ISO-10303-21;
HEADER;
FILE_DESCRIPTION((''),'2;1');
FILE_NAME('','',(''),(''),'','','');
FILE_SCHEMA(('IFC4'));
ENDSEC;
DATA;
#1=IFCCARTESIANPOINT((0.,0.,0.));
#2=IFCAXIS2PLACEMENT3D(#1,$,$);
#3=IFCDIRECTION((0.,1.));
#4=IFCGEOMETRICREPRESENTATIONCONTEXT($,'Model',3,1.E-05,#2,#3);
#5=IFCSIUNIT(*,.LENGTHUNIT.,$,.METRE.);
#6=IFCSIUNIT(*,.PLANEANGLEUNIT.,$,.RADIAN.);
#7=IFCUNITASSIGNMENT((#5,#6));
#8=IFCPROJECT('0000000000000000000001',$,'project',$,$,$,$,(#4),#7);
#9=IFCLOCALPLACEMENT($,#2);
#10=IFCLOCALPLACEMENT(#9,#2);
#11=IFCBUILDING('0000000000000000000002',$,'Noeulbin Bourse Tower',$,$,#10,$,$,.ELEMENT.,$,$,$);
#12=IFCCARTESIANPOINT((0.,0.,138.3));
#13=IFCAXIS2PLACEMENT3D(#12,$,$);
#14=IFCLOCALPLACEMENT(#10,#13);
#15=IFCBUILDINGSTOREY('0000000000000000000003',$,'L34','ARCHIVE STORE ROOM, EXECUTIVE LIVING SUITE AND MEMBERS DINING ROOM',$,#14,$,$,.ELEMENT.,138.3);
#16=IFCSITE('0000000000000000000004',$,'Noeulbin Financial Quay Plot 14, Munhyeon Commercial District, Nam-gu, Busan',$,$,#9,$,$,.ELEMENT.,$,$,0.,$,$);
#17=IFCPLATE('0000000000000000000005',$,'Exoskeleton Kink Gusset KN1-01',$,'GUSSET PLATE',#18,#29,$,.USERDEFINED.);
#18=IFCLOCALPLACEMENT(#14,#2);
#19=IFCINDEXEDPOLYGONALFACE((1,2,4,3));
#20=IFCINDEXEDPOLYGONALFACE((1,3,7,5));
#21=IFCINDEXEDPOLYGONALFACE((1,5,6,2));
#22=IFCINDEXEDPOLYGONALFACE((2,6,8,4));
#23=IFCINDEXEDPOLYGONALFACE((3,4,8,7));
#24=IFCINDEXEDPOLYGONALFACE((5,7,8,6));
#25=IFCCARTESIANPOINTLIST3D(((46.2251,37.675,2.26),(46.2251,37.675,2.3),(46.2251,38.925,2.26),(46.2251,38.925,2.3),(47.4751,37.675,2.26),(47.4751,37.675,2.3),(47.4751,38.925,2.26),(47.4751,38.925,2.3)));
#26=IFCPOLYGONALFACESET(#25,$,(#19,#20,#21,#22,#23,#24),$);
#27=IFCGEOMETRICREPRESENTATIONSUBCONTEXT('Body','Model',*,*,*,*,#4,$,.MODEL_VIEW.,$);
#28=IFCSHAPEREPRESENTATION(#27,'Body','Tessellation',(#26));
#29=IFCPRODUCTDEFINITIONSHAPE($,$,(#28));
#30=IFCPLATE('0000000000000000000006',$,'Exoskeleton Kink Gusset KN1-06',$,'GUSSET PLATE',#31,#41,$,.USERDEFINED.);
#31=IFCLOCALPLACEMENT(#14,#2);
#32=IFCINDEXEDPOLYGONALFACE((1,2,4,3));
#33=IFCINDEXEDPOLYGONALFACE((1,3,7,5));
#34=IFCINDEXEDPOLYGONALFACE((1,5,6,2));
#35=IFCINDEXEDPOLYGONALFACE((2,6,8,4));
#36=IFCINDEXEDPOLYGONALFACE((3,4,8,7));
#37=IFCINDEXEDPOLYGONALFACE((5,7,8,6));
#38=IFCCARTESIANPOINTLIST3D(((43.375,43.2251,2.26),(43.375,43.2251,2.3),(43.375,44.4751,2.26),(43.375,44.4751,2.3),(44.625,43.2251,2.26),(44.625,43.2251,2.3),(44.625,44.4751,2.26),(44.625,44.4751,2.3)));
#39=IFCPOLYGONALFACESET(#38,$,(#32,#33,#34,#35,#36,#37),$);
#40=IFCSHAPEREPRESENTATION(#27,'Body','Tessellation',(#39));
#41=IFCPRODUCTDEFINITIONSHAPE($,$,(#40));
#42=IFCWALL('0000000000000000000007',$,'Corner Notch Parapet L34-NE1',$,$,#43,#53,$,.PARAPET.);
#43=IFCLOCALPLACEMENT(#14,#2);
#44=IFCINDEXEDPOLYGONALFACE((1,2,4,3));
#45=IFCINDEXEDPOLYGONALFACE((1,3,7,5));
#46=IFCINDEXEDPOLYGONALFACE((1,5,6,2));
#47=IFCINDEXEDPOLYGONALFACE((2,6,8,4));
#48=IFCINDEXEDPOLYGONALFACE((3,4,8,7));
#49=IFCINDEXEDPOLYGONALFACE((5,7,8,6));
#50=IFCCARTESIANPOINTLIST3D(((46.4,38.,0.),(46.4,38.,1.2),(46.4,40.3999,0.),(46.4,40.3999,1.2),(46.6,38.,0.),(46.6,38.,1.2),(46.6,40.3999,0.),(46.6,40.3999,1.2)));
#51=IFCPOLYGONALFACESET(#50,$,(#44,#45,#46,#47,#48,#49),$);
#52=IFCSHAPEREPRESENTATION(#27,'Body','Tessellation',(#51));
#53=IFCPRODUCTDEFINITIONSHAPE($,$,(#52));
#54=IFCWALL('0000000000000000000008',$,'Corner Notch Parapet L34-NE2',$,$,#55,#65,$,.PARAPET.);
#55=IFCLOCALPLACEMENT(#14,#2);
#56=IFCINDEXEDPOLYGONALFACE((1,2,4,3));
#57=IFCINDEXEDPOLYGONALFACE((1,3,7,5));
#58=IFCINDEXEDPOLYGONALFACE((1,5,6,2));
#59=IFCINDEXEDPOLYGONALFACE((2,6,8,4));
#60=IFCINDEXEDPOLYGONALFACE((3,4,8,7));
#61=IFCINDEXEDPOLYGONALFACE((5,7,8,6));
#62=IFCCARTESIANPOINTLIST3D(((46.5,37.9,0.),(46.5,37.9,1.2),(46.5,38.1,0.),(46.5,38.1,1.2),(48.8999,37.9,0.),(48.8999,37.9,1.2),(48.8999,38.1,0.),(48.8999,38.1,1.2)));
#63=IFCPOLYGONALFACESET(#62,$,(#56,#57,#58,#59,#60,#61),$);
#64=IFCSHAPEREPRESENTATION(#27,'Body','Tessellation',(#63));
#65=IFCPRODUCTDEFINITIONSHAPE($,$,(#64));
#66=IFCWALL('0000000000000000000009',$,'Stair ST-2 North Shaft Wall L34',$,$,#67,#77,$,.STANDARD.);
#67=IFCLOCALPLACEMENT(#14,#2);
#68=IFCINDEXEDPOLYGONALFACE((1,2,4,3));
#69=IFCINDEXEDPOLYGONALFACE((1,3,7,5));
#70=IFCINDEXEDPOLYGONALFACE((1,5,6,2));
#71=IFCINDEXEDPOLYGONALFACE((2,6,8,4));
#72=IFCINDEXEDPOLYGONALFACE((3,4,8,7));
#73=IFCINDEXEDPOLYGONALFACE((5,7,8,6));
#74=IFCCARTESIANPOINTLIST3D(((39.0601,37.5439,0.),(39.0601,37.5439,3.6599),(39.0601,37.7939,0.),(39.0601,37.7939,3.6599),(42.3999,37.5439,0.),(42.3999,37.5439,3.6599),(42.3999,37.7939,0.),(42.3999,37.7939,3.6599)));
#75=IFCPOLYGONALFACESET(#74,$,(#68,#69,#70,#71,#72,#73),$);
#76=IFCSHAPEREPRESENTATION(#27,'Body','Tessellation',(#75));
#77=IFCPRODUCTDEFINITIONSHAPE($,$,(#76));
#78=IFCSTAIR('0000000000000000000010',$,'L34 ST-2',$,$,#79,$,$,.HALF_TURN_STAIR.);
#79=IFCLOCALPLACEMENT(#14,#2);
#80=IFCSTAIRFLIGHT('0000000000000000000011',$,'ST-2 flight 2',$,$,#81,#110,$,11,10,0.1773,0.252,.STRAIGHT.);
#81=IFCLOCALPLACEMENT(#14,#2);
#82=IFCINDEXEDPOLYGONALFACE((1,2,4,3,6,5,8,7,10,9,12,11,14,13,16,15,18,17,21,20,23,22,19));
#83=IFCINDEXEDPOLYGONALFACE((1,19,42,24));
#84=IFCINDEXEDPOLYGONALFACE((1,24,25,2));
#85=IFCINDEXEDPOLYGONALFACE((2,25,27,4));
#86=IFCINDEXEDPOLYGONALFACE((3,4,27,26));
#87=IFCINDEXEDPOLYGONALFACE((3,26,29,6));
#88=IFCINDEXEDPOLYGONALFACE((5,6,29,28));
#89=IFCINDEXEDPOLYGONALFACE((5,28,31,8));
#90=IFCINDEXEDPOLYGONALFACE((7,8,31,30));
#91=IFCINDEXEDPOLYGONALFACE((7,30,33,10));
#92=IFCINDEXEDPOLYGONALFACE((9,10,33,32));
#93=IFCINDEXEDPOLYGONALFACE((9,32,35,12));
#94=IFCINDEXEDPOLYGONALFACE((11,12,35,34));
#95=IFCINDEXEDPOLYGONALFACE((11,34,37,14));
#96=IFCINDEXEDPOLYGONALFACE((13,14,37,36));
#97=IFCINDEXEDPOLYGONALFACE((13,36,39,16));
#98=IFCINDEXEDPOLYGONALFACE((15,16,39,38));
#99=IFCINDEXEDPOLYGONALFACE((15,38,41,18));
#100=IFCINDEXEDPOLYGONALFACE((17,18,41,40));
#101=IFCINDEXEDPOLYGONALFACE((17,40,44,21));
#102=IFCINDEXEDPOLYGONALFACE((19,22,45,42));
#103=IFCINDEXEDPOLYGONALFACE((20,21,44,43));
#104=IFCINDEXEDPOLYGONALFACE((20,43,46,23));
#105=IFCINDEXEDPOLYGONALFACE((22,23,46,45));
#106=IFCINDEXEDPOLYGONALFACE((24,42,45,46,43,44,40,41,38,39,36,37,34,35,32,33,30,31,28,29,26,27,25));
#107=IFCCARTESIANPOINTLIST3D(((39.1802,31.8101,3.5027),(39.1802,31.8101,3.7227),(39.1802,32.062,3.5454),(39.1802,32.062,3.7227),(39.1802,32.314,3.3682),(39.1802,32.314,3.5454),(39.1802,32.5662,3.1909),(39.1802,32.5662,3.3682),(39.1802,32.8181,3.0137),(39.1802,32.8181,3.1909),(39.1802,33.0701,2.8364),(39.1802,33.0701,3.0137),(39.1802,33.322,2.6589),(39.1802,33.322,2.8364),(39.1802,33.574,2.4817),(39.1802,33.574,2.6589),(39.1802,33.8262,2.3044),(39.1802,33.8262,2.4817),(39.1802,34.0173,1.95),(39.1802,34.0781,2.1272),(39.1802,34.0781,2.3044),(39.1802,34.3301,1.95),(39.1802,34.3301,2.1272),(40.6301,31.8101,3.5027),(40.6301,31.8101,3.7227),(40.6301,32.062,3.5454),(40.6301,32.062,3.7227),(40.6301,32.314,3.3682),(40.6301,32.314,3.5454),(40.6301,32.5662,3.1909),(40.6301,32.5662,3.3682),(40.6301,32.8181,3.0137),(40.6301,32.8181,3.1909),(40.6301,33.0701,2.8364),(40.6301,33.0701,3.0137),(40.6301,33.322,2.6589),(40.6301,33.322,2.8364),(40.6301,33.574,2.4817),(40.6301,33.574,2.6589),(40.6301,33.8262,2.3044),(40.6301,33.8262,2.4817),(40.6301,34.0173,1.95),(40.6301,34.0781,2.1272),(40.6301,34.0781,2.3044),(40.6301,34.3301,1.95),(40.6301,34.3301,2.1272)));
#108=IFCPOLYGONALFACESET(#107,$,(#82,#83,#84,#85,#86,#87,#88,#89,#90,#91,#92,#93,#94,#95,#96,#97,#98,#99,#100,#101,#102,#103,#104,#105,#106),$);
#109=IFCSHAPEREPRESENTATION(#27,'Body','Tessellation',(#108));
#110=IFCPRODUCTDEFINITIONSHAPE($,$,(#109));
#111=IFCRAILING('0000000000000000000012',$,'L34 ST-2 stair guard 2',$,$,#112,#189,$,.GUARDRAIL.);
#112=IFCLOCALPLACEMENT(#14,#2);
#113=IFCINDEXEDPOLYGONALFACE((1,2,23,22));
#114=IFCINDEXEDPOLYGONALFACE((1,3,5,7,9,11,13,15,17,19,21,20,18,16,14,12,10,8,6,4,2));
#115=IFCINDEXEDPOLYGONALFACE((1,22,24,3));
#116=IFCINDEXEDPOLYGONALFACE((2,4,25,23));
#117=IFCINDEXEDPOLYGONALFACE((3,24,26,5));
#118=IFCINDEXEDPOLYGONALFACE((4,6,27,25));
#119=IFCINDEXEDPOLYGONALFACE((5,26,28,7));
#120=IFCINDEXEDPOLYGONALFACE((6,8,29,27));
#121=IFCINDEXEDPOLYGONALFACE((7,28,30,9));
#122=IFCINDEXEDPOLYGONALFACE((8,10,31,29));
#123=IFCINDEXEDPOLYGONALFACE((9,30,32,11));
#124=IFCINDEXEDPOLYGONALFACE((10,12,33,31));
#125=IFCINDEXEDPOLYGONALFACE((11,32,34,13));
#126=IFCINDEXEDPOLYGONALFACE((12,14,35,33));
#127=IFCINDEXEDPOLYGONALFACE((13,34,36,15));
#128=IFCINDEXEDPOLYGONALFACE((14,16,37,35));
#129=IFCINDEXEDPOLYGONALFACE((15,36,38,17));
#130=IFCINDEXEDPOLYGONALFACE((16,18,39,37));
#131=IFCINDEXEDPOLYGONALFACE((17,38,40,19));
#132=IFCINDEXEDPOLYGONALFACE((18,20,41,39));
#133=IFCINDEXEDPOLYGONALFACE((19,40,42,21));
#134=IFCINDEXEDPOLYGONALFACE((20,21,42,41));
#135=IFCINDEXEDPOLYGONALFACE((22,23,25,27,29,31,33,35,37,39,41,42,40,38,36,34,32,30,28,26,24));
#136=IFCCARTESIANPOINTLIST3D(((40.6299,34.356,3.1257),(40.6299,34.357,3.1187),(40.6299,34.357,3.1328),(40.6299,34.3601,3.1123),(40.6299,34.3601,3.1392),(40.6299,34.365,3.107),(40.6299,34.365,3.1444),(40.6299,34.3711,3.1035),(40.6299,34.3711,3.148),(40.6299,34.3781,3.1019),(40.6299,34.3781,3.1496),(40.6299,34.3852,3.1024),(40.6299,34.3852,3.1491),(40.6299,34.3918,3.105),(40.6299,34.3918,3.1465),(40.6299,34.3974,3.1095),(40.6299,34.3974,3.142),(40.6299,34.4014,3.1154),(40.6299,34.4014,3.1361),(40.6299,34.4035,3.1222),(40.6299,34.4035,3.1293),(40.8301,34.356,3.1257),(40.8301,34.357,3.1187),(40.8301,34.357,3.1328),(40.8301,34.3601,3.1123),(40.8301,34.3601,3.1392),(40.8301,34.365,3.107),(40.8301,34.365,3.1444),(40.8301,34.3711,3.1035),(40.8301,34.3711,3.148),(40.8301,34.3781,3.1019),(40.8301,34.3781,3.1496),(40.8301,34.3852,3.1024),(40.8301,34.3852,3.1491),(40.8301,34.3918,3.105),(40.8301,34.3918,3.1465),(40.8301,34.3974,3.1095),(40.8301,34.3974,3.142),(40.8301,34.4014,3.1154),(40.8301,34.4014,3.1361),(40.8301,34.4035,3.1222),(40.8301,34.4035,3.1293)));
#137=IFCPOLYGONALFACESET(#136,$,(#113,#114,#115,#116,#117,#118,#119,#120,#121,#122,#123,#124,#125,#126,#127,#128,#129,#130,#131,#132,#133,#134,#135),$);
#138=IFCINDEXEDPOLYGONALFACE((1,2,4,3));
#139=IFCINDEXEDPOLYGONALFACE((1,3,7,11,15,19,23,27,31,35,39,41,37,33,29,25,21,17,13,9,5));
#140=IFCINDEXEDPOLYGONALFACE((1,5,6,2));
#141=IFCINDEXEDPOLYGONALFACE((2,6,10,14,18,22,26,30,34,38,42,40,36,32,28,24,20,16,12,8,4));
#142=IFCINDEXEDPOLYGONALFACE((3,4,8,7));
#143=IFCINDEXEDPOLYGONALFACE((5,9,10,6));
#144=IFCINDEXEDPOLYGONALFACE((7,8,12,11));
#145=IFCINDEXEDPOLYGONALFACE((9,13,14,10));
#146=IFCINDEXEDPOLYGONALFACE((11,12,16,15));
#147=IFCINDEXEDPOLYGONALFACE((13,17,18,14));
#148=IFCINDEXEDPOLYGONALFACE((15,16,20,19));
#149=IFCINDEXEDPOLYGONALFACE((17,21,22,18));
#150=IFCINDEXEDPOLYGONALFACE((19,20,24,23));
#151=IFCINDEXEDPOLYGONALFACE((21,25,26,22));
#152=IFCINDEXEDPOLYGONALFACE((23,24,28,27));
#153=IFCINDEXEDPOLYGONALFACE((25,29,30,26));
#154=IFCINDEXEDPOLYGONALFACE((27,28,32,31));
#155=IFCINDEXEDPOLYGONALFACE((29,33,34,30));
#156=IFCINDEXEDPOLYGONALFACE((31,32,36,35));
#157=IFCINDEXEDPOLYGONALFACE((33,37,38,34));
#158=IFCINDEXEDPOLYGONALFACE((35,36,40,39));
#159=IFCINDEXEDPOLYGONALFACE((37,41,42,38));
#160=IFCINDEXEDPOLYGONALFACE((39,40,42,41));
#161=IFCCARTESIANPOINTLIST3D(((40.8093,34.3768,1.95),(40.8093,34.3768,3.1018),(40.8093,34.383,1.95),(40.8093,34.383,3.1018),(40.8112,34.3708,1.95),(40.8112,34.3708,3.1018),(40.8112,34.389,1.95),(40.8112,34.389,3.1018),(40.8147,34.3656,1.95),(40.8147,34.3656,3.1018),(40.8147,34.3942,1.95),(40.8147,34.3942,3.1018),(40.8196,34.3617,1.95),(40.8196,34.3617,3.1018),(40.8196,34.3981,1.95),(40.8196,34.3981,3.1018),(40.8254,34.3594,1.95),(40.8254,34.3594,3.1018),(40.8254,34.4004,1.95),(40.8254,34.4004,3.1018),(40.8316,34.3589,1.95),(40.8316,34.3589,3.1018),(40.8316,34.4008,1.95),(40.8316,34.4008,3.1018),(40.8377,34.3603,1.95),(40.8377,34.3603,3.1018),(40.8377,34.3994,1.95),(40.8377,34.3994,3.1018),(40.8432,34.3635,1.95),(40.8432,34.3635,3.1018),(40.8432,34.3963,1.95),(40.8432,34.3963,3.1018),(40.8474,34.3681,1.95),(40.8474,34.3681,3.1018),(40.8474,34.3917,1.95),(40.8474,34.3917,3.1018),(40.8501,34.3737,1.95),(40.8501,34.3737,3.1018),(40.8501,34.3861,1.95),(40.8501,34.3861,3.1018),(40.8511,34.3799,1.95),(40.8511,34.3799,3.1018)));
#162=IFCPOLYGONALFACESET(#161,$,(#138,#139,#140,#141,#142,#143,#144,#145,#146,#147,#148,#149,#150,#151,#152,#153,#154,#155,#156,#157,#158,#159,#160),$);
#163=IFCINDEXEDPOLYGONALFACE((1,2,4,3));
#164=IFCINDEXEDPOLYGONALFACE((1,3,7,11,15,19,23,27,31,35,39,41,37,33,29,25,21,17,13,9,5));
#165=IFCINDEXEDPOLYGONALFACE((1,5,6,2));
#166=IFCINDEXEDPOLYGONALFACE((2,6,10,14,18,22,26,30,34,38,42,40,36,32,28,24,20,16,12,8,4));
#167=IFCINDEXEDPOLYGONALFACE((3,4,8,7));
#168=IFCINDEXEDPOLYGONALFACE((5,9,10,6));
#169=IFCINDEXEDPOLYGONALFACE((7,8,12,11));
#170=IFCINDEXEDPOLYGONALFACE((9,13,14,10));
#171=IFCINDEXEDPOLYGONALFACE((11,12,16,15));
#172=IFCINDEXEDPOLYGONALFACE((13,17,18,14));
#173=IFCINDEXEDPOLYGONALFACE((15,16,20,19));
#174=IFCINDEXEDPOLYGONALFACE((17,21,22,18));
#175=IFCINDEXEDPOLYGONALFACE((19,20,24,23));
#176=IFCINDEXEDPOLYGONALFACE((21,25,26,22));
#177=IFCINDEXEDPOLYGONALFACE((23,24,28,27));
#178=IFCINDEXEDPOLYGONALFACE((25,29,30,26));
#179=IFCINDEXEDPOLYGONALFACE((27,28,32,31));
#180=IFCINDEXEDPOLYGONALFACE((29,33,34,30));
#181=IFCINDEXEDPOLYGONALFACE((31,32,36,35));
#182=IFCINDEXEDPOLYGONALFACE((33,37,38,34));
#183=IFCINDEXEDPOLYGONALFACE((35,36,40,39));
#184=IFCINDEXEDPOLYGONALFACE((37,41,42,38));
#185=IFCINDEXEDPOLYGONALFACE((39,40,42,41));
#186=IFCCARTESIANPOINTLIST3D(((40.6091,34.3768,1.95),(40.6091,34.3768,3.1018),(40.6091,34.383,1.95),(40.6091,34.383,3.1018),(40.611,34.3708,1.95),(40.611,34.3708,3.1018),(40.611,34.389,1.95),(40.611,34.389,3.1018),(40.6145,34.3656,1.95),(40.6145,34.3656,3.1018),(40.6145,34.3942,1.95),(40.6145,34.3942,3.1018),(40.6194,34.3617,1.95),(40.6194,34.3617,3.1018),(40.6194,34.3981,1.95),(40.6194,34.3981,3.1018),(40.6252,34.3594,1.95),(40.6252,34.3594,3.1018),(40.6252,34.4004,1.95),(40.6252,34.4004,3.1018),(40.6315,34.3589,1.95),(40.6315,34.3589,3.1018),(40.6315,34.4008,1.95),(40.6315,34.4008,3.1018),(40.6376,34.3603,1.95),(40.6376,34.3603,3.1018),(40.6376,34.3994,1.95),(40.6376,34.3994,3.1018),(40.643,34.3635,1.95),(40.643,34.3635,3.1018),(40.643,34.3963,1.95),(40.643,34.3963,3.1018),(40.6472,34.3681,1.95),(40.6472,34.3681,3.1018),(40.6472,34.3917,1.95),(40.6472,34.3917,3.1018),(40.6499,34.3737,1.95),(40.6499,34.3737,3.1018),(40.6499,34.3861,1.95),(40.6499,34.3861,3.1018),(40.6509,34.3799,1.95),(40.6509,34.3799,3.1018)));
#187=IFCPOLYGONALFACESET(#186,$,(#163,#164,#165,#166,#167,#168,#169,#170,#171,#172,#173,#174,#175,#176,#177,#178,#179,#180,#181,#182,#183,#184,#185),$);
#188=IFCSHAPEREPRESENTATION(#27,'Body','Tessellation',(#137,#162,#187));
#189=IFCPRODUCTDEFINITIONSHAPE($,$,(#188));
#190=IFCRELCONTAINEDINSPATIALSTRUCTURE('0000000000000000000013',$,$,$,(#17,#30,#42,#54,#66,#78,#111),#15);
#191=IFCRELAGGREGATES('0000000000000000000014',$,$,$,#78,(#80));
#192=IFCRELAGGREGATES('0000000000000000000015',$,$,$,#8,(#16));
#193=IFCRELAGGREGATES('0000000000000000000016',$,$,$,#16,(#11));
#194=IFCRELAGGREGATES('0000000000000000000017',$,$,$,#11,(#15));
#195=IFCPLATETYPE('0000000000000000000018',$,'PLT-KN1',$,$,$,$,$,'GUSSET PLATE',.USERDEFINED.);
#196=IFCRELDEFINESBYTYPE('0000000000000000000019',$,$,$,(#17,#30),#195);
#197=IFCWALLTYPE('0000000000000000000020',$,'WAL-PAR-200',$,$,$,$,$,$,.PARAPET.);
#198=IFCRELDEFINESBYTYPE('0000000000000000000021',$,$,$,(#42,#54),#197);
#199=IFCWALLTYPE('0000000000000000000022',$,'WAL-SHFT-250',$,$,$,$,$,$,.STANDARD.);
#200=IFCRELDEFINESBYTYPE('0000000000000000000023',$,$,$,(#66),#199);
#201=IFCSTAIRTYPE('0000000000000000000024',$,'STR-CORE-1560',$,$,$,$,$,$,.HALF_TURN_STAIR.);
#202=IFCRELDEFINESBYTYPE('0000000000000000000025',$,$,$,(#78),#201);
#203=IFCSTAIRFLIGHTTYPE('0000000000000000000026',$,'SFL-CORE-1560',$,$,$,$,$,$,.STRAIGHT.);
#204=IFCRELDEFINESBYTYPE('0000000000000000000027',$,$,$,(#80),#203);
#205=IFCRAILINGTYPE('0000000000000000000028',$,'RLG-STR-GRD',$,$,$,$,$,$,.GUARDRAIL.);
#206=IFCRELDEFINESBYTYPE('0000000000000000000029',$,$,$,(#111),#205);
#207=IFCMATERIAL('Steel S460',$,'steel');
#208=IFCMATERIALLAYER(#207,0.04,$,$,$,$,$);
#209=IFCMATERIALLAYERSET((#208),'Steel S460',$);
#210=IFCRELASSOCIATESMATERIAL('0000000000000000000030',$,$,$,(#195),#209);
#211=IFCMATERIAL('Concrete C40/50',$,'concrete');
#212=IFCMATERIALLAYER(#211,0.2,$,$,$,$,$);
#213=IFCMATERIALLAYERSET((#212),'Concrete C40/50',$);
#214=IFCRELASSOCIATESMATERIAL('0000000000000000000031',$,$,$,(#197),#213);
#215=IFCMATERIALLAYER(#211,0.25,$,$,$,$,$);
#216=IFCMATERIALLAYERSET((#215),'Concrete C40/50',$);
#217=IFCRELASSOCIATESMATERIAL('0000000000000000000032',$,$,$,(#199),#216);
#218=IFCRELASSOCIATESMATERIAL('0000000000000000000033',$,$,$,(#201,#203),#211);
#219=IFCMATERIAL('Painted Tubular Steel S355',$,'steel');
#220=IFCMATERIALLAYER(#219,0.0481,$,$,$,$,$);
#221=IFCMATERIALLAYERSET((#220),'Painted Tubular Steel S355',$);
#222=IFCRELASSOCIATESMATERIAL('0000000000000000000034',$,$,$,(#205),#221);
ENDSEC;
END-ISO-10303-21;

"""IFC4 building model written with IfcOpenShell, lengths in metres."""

from ifc_helpers import new_model, si_unit, direction, frame, frame_2d, origin, origin_2d, place, context, subcontext, project, spatial, polyline, rectangle, circle, outline, extrude, material, layer, layer_set, type_object, element, aggregate, save


model = new_model("IFC4")

# Units and contexts
model_context = context("Model", 3, precision=1e-05, world=origin(), true_north=direction((0.0, 1.0)))
body_context = subcontext(model_context, "Body", "Model", "MODEL_VIEW")
ifc_project = project(units=[si_unit("LENGTHUNIT", "METRE"), si_unit("PLANEANGLEUNIT", "RADIAN")], contexts=[model_context])

# Site, building, storey
site_placement = place(None, origin())
site = spatial("IfcSite", under=ifc_project, at=site_placement, Name="Noeulbin Financial Quay Plot 14, Munhyeon Commercial District, Nam-gu, Busan", CompositionType="ELEMENT", RefElevation=0.0)
building_placement = place(site_placement, origin())
building = spatial("IfcBuilding", under=site, at=building_placement, Name="Noeulbin Bourse Tower", CompositionType="ELEMENT")
storey_placement = place(building_placement, frame((0.0, 0.0, 138.3)))
storey = spatial("IfcBuildingStorey", under=building, at=storey_placement, Name="L34", Description="ARCHIVE STORE ROOM, EXECUTIVE LIVING SUITE AND MEMBERS DINING ROOM", CompositionType="ELEMENT", Elevation=138.3)

# Shared definitions
ifc_material_1 = material(Name="Steel S460", Category="steel")

# Plates
ifc_layer_1 = layer(ifc_material_1, 0.04)
ifc_layer_set_1 = layer_set([ifc_layer_1], Name="Steel S460")
plate_type_1 = type_object("IfcPlateType", Name="PLT-KN1", ElementType="GUSSET PLATE", PredefinedType="USERDEFINED", material=ifc_layer_set_1)
for number, where, z_axis, x_axis, name in (
    (1, (46.8501, 38.3, 2.26), (0.0, 0.0, 1.0), (1.0, 0.0, 0.0), "Exoskeleton Kink Gusset KN1-01"),
    (2, (44.0, 43.8501, 2.26), (0.0, 0.0, 1.0), (1.0, 0.0, 0.0), "Exoskeleton Kink Gusset KN1-06"),
):
    element("IfcPlate", number, at=place(storey_placement, frame(where, z_axis=z_axis, x_axis=x_axis)), inside=storey, type_object=plate_type_1, Name=name, ObjectType="GUSSET PLATE", PredefinedType="USERDEFINED", context=body_context, shape_type="SweptSolid", body=[
        extrude(rectangle(XDim=1.25, YDim=1.25, at=origin_2d()), origin(), (0.0, 0.0, 1.0), 0.04),
    ])

# Walls
ifc_material_2 = material(Name="Concrete C40/50", Category="concrete")
ifc_layer_2 = layer(ifc_material_2, 0.2)
ifc_layer_set_2 = layer_set([ifc_layer_2], Name="Concrete C40/50")
wall_type_1 = type_object("IfcWallType", Name="WAL-PAR-200", PredefinedType="PARAPET", material=ifc_layer_set_2)
for number, where, z_axis, x_axis, name in (
    (3, (46.5, 40.3999, 0.0), (0.0, 0.0, 1.0), (0.0, -1.0, 0.0), "Corner Notch Parapet L34-NE1"),
    (4, (46.5, 38.0, 0.0), (0.0, 0.0, 1.0), (1.0, 0.0, 0.0), "Corner Notch Parapet L34-NE2"),
):
    element("IfcWall", number, at=place(storey_placement, frame(where, z_axis=z_axis, x_axis=x_axis)), inside=storey, type_object=wall_type_1, Name=name, PredefinedType="PARAPET", context=body_context, shape_type="SweptSolid", body=[
        extrude(rectangle(XDim=2.3999, YDim=0.2, at=frame_2d((1.2, 0.0))), origin(), (0.0, 0.0, 1.0), 1.2),
    ])
ifc_layer_3 = layer(ifc_material_2, 0.25)
ifc_layer_set_3 = layer_set([ifc_layer_3], Name="Concrete C40/50")
wall_type_2 = type_object("IfcWallType", Name="WAL-SHFT-250", PredefinedType="STANDARD", material=ifc_layer_set_3)
wall_placement = place(storey_placement, frame((39.0601, 37.6689, 0.0), z_axis=(0.0, 0.0, 1.0), x_axis=(1.0, 0.0, 0.0)))
element("IfcWall", 5, at=wall_placement, inside=storey, type_object=wall_type_2, Name="Stair ST-2 North Shaft Wall L34", PredefinedType="STANDARD", context=body_context, shape_type="SweptSolid", body=[
    extrude(rectangle(XDim=3.3398, YDim=0.25, at=frame_2d((1.6699, 0.0))), origin(), (0.0, 0.0, 1.0), 3.6599),
])

# Stair, stair flight
stair_type = type_object("IfcStairType", Name="STR-CORE-1560", PredefinedType="HALF_TURN_STAIR", material=ifc_material_2)
stair_placement = place(storey_placement, origin())
stair = element("IfcStair", 6, at=stair_placement, inside=storey, type_object=stair_type, Name="L34 ST-2", PredefinedType="HALF_TURN_STAIR")
stair_flight_type = type_object("IfcStairFlightType", Name="SFL-CORE-1560", PredefinedType="STRAIGHT", material=ifc_material_2)
stair_flight_placement = place(storey_placement, frame((39.905, 34.3301, 1.95), z_axis=(0.0, 0.0, 1.0), x_axis=(0.0, -1.0, 0.0)))
stair_flight = element("IfcStairFlight", 7, at=stair_flight_placement, type_object=stair_flight_type, Name="ST-2 flight 2", NumberOfRisers=11, NumberOfTreads=10, PredefinedType="STRAIGHT", RiserHeight=0.1773, TreadLength=0.252, context=body_context, shape_type="SweptSolid", body=[
    extrude(outline(polyline([(0.0, 0.0), (0.0, 0.1772), (0.252, 0.1772), (0.252, 0.3545), (0.5039, 0.3545), (0.5039, 0.5317), (0.7561, 0.5317), (0.7561, 0.709), (1.0081, 0.709), (1.0081, 0.8865), (1.26, 0.8865), (1.26, 1.0637), (1.512, 1.0637), (1.512, 1.241), (1.7639, 1.241), (1.7639, 1.4182), (2.0161, 1.4182), (2.0161, 1.5955), (2.2681, 1.5955), (2.2681, 1.7727), (2.52, 1.7727), (2.52, 1.95), (2.52, 1.5527), (0.3127, 0.0), (0.0, 0.0)])), frame((0.0, 0.7251, 0.0), z_axis=(0.0, -1.0, 0.0), x_axis=(1.0, 0.0, 0.0)), (0.0, 0.0, 1.0), 1.45),
])
aggregate(stair, [stair_flight])

# Railing
ifc_material_3 = material(Name="Painted Tubular Steel S355", Category="steel")
ifc_layer_4 = layer(ifc_material_3, 0.0481)
ifc_layer_set_4 = layer_set([ifc_layer_4], Name="Painted Tubular Steel S355")
railing_type_1 = type_object("IfcRailingType", Name="RLG-STR-GRD", PredefinedType="GUARDRAIL", material=ifc_layer_set_4)
railing_1_placement = place(storey_placement, frame((40.8301, 34.3799, 1.95)))
element("IfcRailing", 8, at=railing_1_placement, inside=storey, type_object=railing_type_1, Name="L34 ST-2 stair guard 2", PredefinedType="GUARDRAIL", context=body_context, shape_type="SweptSolid", body=[
    extrude(circle(Radius=0.0239, at=origin_2d()), frame((0.0, 0.0, 1.1758), z_axis=(-1.0, 0.0, 0.0), x_axis=(0.0, -1.0, 0.0)), (0.0, 0.0, 1.0), 0.2002),
    extrude(circle(Radius=0.021, at=origin_2d()), origin(), (0.0, 0.0, 1.0), 1.1519),
    extrude(circle(Radius=0.021, at=origin_2d()), frame((-0.2002, 0.0, 0.0)), (0.0, 0.0, 1.0), 1.1519),
])

save(model, "model.ifc")
